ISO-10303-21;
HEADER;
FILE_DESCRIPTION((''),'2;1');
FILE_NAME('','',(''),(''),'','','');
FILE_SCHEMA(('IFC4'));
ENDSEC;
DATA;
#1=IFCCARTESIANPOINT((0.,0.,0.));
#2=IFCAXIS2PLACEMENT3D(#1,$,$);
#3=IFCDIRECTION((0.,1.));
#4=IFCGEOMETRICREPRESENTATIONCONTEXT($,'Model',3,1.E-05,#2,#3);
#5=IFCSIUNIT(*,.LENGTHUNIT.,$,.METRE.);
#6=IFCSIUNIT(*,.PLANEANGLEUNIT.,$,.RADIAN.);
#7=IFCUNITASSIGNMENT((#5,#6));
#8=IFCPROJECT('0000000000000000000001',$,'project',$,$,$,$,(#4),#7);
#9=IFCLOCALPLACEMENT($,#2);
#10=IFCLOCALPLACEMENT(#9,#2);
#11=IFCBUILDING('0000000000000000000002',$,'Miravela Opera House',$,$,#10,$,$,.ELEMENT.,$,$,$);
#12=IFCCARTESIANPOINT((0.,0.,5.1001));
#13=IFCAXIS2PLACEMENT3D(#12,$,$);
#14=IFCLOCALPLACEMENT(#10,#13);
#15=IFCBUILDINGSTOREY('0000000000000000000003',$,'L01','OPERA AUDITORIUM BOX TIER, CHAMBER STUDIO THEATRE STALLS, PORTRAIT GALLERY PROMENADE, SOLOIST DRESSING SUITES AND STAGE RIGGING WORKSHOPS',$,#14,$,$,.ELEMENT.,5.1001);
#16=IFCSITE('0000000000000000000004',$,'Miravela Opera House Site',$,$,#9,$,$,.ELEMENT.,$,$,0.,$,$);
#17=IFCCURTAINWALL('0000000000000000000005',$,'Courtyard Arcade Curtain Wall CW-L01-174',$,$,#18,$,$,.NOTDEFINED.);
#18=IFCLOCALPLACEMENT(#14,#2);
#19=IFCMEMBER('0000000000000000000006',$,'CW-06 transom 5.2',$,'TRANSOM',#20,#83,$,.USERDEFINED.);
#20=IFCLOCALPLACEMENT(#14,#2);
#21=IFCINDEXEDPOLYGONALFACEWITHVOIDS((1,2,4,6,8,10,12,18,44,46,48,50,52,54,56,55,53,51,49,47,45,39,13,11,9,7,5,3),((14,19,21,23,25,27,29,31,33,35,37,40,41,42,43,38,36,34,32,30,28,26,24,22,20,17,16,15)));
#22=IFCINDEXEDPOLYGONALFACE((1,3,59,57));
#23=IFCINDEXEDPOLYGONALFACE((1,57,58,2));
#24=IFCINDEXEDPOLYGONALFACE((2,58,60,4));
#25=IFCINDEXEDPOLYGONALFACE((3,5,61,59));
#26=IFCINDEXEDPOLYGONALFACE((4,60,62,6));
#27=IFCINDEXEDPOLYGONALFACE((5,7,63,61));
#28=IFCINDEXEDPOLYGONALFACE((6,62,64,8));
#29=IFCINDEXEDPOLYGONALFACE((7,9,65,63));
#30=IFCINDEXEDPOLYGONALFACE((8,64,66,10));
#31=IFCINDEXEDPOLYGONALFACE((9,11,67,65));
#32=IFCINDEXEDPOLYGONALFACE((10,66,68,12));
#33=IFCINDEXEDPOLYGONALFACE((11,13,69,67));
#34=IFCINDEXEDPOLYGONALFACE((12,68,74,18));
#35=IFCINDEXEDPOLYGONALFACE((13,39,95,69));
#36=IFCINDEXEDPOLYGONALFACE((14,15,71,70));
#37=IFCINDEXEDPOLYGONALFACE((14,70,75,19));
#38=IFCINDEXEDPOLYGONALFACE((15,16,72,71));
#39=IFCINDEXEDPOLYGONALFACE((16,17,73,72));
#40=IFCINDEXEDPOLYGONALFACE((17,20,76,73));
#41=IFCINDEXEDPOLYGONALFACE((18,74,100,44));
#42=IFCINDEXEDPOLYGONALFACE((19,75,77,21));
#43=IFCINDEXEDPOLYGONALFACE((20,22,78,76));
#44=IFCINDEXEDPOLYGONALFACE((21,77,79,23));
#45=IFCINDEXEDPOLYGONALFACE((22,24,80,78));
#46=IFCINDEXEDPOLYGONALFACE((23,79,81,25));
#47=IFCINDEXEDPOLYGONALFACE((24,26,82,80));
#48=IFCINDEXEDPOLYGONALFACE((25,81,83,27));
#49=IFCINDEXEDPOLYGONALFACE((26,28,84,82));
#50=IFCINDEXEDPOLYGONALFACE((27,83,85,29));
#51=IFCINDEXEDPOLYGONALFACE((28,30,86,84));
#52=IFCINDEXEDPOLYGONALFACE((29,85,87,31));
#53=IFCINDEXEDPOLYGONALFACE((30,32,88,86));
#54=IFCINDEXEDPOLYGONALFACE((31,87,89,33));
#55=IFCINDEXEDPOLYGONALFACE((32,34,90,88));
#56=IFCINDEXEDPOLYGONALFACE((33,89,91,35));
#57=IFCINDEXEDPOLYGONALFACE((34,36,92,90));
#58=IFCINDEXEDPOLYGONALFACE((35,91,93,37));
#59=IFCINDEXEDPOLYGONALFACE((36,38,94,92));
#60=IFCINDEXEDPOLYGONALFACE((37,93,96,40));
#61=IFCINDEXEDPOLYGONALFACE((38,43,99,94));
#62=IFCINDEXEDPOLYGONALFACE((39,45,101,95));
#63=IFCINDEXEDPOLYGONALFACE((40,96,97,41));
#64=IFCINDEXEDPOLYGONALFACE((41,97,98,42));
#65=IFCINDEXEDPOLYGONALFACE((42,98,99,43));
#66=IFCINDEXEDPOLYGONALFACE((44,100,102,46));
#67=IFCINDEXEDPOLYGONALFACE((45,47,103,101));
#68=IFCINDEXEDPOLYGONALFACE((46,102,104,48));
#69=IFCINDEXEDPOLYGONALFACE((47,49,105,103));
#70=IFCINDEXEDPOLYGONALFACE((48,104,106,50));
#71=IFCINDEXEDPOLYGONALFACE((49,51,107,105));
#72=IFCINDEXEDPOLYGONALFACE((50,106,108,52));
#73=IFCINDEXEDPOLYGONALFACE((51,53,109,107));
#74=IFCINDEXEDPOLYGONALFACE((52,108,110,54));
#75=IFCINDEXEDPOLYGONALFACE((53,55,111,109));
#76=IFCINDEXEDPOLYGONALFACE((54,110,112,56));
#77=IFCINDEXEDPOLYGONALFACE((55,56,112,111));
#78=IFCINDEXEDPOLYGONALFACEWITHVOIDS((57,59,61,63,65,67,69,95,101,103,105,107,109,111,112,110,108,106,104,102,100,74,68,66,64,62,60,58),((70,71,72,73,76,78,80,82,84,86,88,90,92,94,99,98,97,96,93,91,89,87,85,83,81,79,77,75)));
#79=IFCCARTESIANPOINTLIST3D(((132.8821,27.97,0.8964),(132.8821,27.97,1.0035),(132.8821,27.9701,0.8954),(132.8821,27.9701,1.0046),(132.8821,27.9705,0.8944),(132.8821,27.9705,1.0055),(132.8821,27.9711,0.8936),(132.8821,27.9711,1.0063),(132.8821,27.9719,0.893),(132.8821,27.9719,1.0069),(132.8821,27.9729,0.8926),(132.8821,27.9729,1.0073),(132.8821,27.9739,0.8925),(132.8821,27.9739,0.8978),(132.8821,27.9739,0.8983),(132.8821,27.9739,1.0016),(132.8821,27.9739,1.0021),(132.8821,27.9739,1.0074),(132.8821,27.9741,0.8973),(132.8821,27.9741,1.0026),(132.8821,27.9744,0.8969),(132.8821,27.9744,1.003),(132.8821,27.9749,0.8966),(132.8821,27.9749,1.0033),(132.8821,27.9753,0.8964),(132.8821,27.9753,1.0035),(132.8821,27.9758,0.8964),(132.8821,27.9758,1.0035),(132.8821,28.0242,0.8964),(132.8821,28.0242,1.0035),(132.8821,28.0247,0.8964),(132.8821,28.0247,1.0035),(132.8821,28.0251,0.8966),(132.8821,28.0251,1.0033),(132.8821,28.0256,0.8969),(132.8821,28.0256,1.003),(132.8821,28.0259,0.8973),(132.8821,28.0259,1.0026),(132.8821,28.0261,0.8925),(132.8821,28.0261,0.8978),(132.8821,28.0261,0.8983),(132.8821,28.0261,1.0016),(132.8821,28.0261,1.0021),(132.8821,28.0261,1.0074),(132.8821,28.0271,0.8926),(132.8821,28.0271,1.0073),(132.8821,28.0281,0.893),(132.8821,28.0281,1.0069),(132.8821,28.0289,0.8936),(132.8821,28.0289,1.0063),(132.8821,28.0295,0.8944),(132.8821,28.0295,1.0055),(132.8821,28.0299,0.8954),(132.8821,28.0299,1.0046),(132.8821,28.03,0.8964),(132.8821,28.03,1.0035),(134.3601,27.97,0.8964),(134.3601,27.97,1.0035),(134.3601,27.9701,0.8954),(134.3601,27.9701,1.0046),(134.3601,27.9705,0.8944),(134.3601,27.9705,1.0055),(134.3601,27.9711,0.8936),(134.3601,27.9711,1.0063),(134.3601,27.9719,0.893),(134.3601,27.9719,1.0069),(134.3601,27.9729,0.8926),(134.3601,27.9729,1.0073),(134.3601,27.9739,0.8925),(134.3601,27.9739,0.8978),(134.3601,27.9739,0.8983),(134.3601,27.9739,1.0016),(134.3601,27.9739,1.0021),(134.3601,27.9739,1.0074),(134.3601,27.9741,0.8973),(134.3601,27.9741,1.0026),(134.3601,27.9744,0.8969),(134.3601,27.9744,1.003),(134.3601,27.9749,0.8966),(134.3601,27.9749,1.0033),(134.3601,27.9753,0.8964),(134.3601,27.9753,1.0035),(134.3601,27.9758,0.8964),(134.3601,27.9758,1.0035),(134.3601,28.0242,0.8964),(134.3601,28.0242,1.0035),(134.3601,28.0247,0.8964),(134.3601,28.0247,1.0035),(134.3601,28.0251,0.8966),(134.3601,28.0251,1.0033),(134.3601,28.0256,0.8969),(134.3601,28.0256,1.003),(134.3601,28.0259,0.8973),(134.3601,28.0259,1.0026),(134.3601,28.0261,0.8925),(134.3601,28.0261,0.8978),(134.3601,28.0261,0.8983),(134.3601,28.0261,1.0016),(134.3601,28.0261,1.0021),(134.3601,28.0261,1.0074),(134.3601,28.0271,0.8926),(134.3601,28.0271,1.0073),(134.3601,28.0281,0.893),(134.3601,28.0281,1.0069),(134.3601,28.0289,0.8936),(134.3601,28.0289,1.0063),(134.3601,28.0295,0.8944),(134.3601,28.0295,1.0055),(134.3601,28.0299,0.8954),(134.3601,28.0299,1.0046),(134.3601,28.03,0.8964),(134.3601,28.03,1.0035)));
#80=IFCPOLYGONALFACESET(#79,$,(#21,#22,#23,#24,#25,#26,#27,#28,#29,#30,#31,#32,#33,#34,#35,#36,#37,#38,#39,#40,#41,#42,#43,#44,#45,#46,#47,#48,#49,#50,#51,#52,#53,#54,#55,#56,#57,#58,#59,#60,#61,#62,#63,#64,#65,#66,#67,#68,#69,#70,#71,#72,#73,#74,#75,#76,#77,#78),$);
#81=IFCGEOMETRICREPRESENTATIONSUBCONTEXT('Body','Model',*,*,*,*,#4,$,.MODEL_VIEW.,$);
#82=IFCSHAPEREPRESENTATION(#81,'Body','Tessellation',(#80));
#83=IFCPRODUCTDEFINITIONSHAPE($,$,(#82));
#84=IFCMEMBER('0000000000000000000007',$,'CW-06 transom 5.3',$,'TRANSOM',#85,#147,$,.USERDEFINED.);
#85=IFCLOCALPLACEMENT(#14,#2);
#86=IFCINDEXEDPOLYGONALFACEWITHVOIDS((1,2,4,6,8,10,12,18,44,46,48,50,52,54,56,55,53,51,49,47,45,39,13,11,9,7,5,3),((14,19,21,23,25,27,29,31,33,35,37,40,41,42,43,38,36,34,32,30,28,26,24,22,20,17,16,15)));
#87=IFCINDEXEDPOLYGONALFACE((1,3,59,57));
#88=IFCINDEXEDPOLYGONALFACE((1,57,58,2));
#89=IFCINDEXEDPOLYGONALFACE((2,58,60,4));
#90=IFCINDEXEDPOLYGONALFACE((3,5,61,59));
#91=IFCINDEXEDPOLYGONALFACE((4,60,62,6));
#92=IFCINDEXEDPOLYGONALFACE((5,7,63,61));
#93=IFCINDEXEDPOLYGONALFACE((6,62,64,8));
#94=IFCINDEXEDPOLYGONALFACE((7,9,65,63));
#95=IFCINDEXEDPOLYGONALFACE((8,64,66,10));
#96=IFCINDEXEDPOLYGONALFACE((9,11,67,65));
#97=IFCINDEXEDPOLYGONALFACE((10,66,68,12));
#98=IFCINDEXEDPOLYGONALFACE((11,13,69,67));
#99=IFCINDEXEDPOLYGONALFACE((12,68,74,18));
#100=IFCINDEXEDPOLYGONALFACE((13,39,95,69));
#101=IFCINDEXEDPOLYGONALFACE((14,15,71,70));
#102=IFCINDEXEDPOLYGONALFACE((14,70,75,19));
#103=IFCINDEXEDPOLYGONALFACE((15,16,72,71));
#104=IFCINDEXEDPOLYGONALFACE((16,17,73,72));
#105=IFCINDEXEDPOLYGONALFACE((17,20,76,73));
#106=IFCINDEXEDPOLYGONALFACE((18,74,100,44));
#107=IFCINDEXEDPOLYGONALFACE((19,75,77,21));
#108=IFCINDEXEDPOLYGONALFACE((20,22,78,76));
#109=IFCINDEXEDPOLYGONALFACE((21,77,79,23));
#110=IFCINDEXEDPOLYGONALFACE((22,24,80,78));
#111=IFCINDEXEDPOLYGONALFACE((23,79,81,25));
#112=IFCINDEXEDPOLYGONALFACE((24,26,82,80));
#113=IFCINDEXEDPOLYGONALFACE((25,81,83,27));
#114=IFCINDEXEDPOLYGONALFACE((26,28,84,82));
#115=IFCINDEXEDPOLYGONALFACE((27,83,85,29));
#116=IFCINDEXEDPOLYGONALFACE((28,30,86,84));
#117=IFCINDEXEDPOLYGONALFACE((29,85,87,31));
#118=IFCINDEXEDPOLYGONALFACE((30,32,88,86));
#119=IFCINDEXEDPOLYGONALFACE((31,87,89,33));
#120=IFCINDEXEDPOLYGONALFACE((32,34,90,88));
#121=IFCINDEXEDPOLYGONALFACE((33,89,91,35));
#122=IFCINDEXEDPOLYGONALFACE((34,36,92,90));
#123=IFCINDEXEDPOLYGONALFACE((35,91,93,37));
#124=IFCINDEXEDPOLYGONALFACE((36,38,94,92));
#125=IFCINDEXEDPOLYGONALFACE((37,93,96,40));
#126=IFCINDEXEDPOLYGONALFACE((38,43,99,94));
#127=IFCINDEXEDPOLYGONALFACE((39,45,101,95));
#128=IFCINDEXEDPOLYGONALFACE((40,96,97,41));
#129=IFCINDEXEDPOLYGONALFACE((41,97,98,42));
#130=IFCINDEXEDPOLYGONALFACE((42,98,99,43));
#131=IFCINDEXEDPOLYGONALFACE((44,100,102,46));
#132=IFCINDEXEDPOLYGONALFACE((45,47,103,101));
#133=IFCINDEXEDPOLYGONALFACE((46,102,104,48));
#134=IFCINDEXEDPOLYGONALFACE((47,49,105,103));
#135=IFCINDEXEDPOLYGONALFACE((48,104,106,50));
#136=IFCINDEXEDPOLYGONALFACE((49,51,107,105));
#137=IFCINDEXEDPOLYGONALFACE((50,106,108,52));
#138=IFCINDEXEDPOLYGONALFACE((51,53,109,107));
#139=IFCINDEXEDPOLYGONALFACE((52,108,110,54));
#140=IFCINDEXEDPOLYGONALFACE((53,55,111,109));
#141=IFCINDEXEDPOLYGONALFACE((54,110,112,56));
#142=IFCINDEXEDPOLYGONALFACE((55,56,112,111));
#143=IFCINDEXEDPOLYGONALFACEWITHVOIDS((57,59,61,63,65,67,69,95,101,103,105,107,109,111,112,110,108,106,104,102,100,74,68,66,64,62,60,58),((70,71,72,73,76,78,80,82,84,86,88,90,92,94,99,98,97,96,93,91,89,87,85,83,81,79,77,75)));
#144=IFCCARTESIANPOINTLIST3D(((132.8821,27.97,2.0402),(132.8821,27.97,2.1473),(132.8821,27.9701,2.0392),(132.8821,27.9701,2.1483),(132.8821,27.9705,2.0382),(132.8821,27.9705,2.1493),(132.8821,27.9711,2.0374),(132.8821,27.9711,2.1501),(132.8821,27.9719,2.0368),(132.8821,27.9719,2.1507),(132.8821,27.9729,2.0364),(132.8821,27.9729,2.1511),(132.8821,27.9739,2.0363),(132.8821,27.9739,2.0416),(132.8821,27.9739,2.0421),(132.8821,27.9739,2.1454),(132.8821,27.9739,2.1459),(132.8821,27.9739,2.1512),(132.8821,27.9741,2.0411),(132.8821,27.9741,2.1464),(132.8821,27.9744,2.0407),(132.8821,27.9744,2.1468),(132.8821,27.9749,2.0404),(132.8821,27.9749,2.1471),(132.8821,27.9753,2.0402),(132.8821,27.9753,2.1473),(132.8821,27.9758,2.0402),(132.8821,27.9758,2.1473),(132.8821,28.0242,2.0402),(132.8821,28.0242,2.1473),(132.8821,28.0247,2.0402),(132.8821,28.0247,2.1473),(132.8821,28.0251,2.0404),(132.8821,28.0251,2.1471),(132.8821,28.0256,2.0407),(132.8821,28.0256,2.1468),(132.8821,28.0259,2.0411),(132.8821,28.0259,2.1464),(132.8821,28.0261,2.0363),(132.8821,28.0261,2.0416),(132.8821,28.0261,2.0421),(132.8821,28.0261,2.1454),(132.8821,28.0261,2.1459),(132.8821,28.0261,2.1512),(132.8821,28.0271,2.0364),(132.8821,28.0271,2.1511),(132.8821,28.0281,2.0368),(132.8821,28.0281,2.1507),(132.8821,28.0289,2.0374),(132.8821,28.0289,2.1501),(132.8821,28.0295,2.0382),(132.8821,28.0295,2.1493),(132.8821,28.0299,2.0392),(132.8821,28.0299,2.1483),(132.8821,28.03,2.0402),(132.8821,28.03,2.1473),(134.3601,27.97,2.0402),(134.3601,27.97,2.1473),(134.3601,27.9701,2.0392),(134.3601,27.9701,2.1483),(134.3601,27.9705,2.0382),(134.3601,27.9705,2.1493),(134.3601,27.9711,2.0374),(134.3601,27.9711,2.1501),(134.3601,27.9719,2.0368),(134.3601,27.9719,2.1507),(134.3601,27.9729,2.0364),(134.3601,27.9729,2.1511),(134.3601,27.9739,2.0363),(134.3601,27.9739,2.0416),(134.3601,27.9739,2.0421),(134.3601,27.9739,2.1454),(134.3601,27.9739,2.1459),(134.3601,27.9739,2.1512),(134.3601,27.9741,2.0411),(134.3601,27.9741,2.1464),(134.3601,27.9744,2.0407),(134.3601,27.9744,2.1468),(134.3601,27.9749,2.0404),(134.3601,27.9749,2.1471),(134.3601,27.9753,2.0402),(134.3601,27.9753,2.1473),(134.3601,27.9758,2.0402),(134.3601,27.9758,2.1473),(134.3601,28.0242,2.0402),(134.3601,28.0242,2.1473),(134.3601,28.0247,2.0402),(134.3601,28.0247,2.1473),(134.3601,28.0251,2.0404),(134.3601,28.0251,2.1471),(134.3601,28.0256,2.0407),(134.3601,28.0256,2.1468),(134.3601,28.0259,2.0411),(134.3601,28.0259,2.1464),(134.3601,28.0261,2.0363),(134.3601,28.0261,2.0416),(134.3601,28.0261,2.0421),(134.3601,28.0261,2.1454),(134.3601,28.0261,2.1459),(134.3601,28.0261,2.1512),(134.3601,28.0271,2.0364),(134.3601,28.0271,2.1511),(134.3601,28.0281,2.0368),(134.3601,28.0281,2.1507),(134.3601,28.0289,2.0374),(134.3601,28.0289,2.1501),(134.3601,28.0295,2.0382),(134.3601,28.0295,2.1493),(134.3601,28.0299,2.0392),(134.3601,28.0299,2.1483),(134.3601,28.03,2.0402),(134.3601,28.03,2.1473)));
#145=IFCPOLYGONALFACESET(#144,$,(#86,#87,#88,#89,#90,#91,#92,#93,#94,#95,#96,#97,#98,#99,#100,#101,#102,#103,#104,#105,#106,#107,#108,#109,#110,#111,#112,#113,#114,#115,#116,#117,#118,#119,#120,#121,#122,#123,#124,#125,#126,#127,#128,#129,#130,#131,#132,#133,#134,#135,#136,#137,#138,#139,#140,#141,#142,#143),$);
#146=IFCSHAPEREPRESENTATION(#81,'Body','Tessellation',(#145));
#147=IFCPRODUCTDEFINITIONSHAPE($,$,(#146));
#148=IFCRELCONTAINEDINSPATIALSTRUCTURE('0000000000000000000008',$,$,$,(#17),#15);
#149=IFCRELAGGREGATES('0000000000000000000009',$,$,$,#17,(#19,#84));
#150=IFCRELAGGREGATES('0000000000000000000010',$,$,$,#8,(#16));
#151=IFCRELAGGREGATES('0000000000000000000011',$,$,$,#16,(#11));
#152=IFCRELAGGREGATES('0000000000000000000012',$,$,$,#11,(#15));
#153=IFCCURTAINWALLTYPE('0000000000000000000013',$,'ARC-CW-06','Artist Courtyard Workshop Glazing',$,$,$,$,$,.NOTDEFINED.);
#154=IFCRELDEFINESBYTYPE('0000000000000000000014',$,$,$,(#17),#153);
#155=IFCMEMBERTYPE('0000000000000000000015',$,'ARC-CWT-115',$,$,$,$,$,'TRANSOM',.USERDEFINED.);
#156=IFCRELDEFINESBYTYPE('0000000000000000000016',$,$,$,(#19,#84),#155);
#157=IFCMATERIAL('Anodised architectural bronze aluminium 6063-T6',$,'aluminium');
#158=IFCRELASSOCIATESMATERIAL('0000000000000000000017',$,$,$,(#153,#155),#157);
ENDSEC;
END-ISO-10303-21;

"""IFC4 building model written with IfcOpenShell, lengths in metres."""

from ifc_helpers import new_model, si_unit, direction, frame, origin, origin_2d, place, context, subcontext, project, spatial, hollow_rectangle, extrude, material, material_profile, profile_set, type_object, element, aggregate, save


model = new_model("IFC4")

# Units and contexts
model_context = context("Model", 3, precision=1e-05, world=origin(), true_north=direction((0.0, 1.0)))
body_context = subcontext(model_context, "Body", "Model", "MODEL_VIEW")
ifc_project = project(units=[si_unit("LENGTHUNIT", "METRE"), si_unit("PLANEANGLEUNIT", "RADIAN")], contexts=[model_context])

# Site, building, storey
site_placement = place(None, origin())
site = spatial("IfcSite", under=ifc_project, at=site_placement, Name="Miravela Opera House Site", CompositionType="ELEMENT", RefElevation=0.0)
building_placement = place(site_placement, origin())
building = spatial("IfcBuilding", under=site, at=building_placement, Name="Miravela Opera House", CompositionType="ELEMENT")
storey_placement = place(building_placement, frame((0.0, 0.0, 5.1001)))
storey = spatial("IfcBuildingStorey", under=building, at=storey_placement, Name="L01", Description="OPERA AUDITORIUM BOX TIER, CHAMBER STUDIO THEATRE STALLS, PORTRAIT GALLERY PROMENADE, SOLOIST DRESSING SUITES AND STAGE RIGGING WORKSHOPS", CompositionType="ELEMENT", Elevation=5.1001)

# Curtain wall, members
ifc_material_1 = material(Name="Anodised architectural bronze aluminium 6063-T6", Category="aluminium")
curtain_wall_type = type_object("IfcCurtainWallType", Name="ARC-CW-06", Description="Artist Courtyard Workshop Glazing", PredefinedType="NOTDEFINED", material=ifc_material_1)
curtain_wall_placement = place(storey_placement, origin())
curtain_wall = element("IfcCurtainWall", 1, at=curtain_wall_placement, inside=storey, type_object=curtain_wall_type, Name="Courtyard Arcade Curtain Wall CW-L01-174", PredefinedType="NOTDEFINED")
ifc_material_profile_1 = material_profile(ifc_material_1, hollow_rectangle(XDim=0.0601, YDim=0.115, WallThickness=0.0039, InnerFilletRadius=0.002, OuterFilletRadius=0.0039, at=origin_2d()), Name="CWT-60X115")
ifc_profile_set_1 = profile_set([ifc_material_profile_1])
member_type_1 = type_object("IfcMemberType", Name="ARC-CWT-115", ElementType="TRANSOM", PredefinedType="USERDEFINED", material=ifc_profile_set_1)
member_1_placement = place(storey_placement, frame((132.8821, 28.0, 0.95), z_axis=(1.0, 0.0, 0.0), x_axis=(0.0, 1.0, 0.0)))
member_1 = element("IfcMember", 2, at=member_1_placement, type_object=member_type_1, Name="CW-06 transom 5.2", ObjectType="TRANSOM", PredefinedType="USERDEFINED", context=body_context, shape_type="SweptSolid", body=[
    extrude(hollow_rectangle(XDim=0.0601, YDim=0.115, WallThickness=0.0039, InnerFilletRadius=0.002, OuterFilletRadius=0.0039, at=origin_2d()), origin(), (0.0, 0.0, 1.0), 1.478),
])
member_2_placement = place(storey_placement, frame((132.8821, 28.0, 2.0938), z_axis=(1.0, 0.0, 0.0), x_axis=(0.0, 1.0, 0.0)))
member_2 = element("IfcMember", 3, at=member_2_placement, type_object=member_type_1, Name="CW-06 transom 5.3", ObjectType="TRANSOM", PredefinedType="USERDEFINED", context=body_context, shape_type="SweptSolid", body=[
    extrude(hollow_rectangle(XDim=0.0601, YDim=0.115, WallThickness=0.0039, InnerFilletRadius=0.002, OuterFilletRadius=0.0039, at=origin_2d()), origin(), (0.0, 0.0, 1.0), 1.478),
])
aggregate(curtain_wall, [member_1, member_2])

save(model, "model.ifc")
